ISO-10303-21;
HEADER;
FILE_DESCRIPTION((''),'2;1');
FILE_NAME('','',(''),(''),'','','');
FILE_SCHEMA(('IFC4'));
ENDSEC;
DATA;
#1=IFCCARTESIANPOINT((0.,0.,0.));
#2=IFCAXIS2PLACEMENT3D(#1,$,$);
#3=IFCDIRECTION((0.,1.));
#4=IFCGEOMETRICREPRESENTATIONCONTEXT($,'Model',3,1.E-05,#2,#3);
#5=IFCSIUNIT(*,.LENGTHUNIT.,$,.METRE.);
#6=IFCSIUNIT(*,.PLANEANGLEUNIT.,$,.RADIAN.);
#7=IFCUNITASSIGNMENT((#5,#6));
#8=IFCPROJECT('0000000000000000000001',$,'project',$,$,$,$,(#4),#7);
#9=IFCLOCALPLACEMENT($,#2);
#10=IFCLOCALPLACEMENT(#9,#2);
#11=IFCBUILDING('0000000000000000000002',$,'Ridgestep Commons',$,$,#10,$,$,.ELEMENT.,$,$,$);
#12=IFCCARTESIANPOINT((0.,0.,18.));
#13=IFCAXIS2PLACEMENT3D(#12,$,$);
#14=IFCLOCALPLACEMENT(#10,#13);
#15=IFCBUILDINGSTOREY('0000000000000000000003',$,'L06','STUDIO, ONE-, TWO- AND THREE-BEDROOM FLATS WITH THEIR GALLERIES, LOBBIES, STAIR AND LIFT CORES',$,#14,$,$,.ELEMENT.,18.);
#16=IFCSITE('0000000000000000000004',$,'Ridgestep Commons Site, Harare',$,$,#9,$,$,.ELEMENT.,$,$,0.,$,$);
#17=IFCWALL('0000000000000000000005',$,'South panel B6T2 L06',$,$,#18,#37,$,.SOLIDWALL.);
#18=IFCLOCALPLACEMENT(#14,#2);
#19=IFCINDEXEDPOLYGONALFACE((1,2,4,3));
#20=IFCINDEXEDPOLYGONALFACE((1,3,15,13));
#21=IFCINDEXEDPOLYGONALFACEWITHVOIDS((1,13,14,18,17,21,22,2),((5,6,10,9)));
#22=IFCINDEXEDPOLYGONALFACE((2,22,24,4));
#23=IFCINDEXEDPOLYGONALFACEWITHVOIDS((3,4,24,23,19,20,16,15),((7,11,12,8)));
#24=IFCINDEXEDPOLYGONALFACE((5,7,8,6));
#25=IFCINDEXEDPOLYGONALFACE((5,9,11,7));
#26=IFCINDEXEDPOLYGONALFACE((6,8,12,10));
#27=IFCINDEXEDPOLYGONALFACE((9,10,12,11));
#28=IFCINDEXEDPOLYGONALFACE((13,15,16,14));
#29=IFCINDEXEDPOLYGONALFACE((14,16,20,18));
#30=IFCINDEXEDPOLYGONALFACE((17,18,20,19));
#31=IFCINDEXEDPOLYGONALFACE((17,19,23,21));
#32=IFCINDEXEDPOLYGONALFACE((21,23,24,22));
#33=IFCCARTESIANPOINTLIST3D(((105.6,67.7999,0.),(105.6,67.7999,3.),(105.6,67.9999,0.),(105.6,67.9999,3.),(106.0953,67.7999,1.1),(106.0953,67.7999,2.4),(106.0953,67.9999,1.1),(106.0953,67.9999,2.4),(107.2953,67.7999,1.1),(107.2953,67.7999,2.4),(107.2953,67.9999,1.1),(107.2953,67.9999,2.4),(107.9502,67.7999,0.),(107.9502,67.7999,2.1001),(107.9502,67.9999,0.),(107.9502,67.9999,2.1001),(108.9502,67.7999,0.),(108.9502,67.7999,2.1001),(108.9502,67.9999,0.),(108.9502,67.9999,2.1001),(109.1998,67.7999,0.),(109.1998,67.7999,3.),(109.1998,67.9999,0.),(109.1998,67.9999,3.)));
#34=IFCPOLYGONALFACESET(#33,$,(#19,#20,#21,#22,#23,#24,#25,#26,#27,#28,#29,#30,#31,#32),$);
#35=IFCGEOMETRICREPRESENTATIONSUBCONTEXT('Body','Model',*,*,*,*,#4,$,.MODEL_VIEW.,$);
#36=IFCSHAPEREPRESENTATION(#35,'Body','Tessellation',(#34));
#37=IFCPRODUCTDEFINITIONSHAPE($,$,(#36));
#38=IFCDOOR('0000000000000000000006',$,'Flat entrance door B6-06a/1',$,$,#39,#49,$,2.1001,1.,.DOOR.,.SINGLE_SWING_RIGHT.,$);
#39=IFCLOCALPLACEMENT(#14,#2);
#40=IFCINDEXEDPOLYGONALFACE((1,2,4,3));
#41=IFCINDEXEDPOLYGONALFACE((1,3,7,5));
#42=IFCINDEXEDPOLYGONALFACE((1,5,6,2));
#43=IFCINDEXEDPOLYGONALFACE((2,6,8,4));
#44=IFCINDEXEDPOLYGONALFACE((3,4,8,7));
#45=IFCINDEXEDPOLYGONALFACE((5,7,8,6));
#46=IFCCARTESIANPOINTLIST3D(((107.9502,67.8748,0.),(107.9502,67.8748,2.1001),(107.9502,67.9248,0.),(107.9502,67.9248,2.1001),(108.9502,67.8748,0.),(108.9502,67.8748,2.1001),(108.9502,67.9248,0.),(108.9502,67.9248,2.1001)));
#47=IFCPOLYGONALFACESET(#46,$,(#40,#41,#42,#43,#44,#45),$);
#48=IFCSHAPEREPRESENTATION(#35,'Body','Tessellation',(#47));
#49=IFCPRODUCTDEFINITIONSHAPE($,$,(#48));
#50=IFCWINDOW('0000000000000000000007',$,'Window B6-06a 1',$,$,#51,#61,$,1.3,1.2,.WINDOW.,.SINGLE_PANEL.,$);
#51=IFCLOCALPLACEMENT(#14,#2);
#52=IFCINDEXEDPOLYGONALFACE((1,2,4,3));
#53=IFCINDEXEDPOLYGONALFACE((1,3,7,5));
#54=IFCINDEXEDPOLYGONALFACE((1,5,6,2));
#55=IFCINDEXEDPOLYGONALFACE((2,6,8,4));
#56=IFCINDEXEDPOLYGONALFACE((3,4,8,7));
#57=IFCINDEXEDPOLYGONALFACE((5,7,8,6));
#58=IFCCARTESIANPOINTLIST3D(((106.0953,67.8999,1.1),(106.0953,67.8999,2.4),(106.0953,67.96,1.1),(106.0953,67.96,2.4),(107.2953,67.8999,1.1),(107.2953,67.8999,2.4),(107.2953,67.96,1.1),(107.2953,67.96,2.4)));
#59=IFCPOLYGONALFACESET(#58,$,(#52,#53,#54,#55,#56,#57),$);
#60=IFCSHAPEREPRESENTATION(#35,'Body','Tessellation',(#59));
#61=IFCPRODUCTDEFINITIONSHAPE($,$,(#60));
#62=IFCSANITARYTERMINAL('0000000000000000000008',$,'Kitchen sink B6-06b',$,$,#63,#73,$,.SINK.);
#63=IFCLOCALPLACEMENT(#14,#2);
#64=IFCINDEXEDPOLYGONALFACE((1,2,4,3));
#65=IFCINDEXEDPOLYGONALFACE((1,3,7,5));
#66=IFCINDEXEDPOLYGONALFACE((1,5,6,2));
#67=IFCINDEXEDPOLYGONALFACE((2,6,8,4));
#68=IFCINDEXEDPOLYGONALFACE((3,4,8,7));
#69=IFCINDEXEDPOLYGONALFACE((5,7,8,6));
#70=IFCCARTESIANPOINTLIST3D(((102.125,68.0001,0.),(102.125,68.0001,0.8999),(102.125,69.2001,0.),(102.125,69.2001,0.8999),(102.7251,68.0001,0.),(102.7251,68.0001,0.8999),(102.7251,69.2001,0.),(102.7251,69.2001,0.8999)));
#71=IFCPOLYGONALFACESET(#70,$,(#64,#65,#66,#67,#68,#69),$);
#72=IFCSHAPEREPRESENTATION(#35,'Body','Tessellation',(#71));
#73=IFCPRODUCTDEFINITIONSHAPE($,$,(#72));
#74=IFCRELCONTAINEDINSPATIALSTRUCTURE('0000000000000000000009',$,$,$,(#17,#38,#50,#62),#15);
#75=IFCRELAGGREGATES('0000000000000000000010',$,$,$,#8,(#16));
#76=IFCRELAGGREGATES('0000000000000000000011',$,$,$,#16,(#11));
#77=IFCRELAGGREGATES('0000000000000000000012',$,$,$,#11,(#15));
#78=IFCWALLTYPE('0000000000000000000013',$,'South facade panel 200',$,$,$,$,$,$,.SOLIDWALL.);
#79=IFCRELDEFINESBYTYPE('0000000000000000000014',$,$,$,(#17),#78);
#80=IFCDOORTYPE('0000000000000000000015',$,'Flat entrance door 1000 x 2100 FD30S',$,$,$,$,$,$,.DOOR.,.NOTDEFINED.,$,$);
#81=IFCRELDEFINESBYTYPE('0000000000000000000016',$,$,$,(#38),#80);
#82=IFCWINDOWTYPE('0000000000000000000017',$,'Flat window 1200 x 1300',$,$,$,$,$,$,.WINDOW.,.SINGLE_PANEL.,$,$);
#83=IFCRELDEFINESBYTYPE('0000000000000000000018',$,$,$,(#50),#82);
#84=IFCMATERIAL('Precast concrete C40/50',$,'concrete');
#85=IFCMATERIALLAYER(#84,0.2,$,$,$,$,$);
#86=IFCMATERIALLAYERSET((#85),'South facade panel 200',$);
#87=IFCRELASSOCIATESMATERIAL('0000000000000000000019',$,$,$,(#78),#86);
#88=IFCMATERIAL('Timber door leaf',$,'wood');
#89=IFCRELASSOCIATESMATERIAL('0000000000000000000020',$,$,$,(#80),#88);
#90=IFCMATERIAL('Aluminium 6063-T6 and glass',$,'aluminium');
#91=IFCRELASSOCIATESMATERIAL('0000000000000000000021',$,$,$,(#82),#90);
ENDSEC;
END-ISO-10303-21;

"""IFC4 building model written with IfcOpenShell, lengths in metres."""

from ifc_helpers import new_model, si_unit, direction, frame, frame_2d, origin, origin_2d, place, context, subcontext, project, spatial, rectangle, extrude, material, layer, layer_set, type_object, element, fill, save


model = new_model("IFC4")

# Units and contexts
model_context = context("Model", 3, precision=1e-05, world=origin(), true_north=direction((0.0, 1.0)))
body_context = subcontext(model_context, "Body", "Model", "MODEL_VIEW")
ifc_project = project(units=[si_unit("LENGTHUNIT", "METRE"), si_unit("PLANEANGLEUNIT", "RADIAN")], contexts=[model_context])

# Site, building, storey
site_placement = place(None, origin())
site = spatial("IfcSite", under=ifc_project, at=site_placement, Name="Ridgestep Commons Site, Harare", CompositionType="ELEMENT", RefElevation=0.0)
building_placement = place(site_placement, origin())
building = spatial("IfcBuilding", under=site, at=building_placement, Name="Ridgestep Commons", CompositionType="ELEMENT")
storey_placement = place(building_placement, frame((0.0, 0.0, 18.0)))
storey = spatial("IfcBuildingStorey", under=building, at=storey_placement, Name="L06", Description="STUDIO, ONE-, TWO- AND THREE-BEDROOM FLATS WITH THEIR GALLERIES, LOBBIES, STAIR AND LIFT CORES", CompositionType="ELEMENT", Elevation=18.0)

# Wall, openings, door, window
ifc_material_1 = material(Name="Precast concrete C40/50", Category="concrete")
ifc_layer_1 = layer(ifc_material_1, 0.2)
ifc_layer_set_1 = layer_set([ifc_layer_1], Name="South facade panel 200")
wall_type_1 = type_object("IfcWallType", Name="South facade panel 200", PredefinedType="SOLIDWALL", material=ifc_layer_set_1)
ifc_material_2 = material(Name="Timber door leaf", Category="wood")
door_type_1 = type_object("IfcDoorType", Name="Flat entrance door 1000 x 2100 FD30S", OperationType="NOTDEFINED", PredefinedType="DOOR", material=ifc_material_2)
ifc_material_3 = material(Name="Aluminium 6063-T6 and glass", Category="aluminium")
window_type_1 = type_object("IfcWindowType", Name="Flat window 1200 x 1300", PartitioningType="SINGLE_PANEL", PredefinedType="WINDOW", material=ifc_material_3)
wall_1_placement = place(storey_placement, frame((105.6001, 67.8999, 0.0), z_axis=(0.0, 0.0, 1.0), x_axis=(1.0, 0.0, 0.0)))
wall_1 = element("IfcWall", 1, at=wall_1_placement, inside=storey, type_object=wall_type_1, Name="South panel B6T2 L06", PredefinedType="SOLIDWALL", context=body_context, shape_type="SweptSolid", body=[
    extrude(rectangle(XDim=3.5999, YDim=0.2, at=frame_2d((1.7998, 0.0))), origin(), (0.0, 0.0, 1.0), 3.0),
])
opening_1_placement = place(wall_1_placement, frame((0.4951, 0.0, 1.1001)))
opening_1 = element("IfcOpeningElement", 2, at=opening_1_placement, cuts=wall_1, PredefinedType="OPENING", context=body_context, shape_type="SweptSolid", body=[
    extrude(rectangle(XDim=1.2, YDim=1.3, at=frame_2d((0.6001, 0.6499))), frame((0.0, 0.1099, 0.0), z_axis=(0.0, -1.0, 0.0), x_axis=(1.0, 0.0, 0.0)), (0.0, 0.0, 1.0), 0.22),
])
opening_2_placement = place(wall_1_placement, frame((2.3501, 0.0, 0.0)))
opening_2 = element("IfcOpeningElement", 3, at=opening_2_placement, cuts=wall_1, PredefinedType="OPENING", context=body_context, shape_type="SweptSolid", body=[
    extrude(rectangle(XDim=1.0, YDim=2.1001, at=frame_2d((0.5, 1.05))), frame((0.0, 0.1099, 0.0), z_axis=(0.0, -1.0, 0.0), x_axis=(1.0, 0.0, 0.0)), (0.0, 0.0, 1.0), 0.22),
])
door_1_placement = place(opening_2_placement, origin())
door_1 = element("IfcDoor", 4, at=door_1_placement, inside=storey, type_object=door_type_1, Name="Flat entrance door B6-06a/1", OperationType="SINGLE_SWING_RIGHT", OverallHeight=2.1001, OverallWidth=1.0, PredefinedType="DOOR", context=body_context, shape_type="SweptSolid", body=[
    extrude(rectangle(XDim=1.0, YDim=2.1001, at=frame_2d((0.5, 1.05))), frame((0.0, 0.0249, 0.0), z_axis=(0.0, -1.0, 0.0), x_axis=(1.0, 0.0, 0.0)), (0.0, 0.0, 1.0), 0.05),
])
fill(opening_2, door_1)
window_1_placement = place(opening_1_placement, origin())
window_1 = element("IfcWindow", 5, at=window_1_placement, inside=storey, type_object=window_type_1, Name="Window B6-06a 1", OverallHeight=1.3, OverallWidth=1.2, PartitioningType="SINGLE_PANEL", PredefinedType="WINDOW", context=body_context, shape_type="SweptSolid", body=[
    extrude(rectangle(XDim=1.2, YDim=1.3, at=frame_2d((0.6001, 0.6499))), frame((0.0, 0.0601, 0.0), z_axis=(0.0, -1.0, 0.0), x_axis=(1.0, 0.0, 0.0)), (0.0, 0.0, 1.0), 0.0601),
])
fill(opening_1, window_1)

# Sanitary terminal
sanitary_terminal_placement = place(storey_placement, frame((102.425, 68.6001, 0.0), z_axis=(0.0, 0.0, 1.0), x_axis=(1.0, 0.0, 0.0)))
element("IfcSanitaryTerminal", 6, at=sanitary_terminal_placement, inside=storey, Name="Kitchen sink B6-06b", PredefinedType="SINK", context=body_context, shape_type="SweptSolid", body=[
    extrude(rectangle(XDim=0.6001, YDim=1.2, at=origin_2d()), origin(), (0.0, 0.0, 1.0), 0.8999),
])

save(model, "model.ifc")
